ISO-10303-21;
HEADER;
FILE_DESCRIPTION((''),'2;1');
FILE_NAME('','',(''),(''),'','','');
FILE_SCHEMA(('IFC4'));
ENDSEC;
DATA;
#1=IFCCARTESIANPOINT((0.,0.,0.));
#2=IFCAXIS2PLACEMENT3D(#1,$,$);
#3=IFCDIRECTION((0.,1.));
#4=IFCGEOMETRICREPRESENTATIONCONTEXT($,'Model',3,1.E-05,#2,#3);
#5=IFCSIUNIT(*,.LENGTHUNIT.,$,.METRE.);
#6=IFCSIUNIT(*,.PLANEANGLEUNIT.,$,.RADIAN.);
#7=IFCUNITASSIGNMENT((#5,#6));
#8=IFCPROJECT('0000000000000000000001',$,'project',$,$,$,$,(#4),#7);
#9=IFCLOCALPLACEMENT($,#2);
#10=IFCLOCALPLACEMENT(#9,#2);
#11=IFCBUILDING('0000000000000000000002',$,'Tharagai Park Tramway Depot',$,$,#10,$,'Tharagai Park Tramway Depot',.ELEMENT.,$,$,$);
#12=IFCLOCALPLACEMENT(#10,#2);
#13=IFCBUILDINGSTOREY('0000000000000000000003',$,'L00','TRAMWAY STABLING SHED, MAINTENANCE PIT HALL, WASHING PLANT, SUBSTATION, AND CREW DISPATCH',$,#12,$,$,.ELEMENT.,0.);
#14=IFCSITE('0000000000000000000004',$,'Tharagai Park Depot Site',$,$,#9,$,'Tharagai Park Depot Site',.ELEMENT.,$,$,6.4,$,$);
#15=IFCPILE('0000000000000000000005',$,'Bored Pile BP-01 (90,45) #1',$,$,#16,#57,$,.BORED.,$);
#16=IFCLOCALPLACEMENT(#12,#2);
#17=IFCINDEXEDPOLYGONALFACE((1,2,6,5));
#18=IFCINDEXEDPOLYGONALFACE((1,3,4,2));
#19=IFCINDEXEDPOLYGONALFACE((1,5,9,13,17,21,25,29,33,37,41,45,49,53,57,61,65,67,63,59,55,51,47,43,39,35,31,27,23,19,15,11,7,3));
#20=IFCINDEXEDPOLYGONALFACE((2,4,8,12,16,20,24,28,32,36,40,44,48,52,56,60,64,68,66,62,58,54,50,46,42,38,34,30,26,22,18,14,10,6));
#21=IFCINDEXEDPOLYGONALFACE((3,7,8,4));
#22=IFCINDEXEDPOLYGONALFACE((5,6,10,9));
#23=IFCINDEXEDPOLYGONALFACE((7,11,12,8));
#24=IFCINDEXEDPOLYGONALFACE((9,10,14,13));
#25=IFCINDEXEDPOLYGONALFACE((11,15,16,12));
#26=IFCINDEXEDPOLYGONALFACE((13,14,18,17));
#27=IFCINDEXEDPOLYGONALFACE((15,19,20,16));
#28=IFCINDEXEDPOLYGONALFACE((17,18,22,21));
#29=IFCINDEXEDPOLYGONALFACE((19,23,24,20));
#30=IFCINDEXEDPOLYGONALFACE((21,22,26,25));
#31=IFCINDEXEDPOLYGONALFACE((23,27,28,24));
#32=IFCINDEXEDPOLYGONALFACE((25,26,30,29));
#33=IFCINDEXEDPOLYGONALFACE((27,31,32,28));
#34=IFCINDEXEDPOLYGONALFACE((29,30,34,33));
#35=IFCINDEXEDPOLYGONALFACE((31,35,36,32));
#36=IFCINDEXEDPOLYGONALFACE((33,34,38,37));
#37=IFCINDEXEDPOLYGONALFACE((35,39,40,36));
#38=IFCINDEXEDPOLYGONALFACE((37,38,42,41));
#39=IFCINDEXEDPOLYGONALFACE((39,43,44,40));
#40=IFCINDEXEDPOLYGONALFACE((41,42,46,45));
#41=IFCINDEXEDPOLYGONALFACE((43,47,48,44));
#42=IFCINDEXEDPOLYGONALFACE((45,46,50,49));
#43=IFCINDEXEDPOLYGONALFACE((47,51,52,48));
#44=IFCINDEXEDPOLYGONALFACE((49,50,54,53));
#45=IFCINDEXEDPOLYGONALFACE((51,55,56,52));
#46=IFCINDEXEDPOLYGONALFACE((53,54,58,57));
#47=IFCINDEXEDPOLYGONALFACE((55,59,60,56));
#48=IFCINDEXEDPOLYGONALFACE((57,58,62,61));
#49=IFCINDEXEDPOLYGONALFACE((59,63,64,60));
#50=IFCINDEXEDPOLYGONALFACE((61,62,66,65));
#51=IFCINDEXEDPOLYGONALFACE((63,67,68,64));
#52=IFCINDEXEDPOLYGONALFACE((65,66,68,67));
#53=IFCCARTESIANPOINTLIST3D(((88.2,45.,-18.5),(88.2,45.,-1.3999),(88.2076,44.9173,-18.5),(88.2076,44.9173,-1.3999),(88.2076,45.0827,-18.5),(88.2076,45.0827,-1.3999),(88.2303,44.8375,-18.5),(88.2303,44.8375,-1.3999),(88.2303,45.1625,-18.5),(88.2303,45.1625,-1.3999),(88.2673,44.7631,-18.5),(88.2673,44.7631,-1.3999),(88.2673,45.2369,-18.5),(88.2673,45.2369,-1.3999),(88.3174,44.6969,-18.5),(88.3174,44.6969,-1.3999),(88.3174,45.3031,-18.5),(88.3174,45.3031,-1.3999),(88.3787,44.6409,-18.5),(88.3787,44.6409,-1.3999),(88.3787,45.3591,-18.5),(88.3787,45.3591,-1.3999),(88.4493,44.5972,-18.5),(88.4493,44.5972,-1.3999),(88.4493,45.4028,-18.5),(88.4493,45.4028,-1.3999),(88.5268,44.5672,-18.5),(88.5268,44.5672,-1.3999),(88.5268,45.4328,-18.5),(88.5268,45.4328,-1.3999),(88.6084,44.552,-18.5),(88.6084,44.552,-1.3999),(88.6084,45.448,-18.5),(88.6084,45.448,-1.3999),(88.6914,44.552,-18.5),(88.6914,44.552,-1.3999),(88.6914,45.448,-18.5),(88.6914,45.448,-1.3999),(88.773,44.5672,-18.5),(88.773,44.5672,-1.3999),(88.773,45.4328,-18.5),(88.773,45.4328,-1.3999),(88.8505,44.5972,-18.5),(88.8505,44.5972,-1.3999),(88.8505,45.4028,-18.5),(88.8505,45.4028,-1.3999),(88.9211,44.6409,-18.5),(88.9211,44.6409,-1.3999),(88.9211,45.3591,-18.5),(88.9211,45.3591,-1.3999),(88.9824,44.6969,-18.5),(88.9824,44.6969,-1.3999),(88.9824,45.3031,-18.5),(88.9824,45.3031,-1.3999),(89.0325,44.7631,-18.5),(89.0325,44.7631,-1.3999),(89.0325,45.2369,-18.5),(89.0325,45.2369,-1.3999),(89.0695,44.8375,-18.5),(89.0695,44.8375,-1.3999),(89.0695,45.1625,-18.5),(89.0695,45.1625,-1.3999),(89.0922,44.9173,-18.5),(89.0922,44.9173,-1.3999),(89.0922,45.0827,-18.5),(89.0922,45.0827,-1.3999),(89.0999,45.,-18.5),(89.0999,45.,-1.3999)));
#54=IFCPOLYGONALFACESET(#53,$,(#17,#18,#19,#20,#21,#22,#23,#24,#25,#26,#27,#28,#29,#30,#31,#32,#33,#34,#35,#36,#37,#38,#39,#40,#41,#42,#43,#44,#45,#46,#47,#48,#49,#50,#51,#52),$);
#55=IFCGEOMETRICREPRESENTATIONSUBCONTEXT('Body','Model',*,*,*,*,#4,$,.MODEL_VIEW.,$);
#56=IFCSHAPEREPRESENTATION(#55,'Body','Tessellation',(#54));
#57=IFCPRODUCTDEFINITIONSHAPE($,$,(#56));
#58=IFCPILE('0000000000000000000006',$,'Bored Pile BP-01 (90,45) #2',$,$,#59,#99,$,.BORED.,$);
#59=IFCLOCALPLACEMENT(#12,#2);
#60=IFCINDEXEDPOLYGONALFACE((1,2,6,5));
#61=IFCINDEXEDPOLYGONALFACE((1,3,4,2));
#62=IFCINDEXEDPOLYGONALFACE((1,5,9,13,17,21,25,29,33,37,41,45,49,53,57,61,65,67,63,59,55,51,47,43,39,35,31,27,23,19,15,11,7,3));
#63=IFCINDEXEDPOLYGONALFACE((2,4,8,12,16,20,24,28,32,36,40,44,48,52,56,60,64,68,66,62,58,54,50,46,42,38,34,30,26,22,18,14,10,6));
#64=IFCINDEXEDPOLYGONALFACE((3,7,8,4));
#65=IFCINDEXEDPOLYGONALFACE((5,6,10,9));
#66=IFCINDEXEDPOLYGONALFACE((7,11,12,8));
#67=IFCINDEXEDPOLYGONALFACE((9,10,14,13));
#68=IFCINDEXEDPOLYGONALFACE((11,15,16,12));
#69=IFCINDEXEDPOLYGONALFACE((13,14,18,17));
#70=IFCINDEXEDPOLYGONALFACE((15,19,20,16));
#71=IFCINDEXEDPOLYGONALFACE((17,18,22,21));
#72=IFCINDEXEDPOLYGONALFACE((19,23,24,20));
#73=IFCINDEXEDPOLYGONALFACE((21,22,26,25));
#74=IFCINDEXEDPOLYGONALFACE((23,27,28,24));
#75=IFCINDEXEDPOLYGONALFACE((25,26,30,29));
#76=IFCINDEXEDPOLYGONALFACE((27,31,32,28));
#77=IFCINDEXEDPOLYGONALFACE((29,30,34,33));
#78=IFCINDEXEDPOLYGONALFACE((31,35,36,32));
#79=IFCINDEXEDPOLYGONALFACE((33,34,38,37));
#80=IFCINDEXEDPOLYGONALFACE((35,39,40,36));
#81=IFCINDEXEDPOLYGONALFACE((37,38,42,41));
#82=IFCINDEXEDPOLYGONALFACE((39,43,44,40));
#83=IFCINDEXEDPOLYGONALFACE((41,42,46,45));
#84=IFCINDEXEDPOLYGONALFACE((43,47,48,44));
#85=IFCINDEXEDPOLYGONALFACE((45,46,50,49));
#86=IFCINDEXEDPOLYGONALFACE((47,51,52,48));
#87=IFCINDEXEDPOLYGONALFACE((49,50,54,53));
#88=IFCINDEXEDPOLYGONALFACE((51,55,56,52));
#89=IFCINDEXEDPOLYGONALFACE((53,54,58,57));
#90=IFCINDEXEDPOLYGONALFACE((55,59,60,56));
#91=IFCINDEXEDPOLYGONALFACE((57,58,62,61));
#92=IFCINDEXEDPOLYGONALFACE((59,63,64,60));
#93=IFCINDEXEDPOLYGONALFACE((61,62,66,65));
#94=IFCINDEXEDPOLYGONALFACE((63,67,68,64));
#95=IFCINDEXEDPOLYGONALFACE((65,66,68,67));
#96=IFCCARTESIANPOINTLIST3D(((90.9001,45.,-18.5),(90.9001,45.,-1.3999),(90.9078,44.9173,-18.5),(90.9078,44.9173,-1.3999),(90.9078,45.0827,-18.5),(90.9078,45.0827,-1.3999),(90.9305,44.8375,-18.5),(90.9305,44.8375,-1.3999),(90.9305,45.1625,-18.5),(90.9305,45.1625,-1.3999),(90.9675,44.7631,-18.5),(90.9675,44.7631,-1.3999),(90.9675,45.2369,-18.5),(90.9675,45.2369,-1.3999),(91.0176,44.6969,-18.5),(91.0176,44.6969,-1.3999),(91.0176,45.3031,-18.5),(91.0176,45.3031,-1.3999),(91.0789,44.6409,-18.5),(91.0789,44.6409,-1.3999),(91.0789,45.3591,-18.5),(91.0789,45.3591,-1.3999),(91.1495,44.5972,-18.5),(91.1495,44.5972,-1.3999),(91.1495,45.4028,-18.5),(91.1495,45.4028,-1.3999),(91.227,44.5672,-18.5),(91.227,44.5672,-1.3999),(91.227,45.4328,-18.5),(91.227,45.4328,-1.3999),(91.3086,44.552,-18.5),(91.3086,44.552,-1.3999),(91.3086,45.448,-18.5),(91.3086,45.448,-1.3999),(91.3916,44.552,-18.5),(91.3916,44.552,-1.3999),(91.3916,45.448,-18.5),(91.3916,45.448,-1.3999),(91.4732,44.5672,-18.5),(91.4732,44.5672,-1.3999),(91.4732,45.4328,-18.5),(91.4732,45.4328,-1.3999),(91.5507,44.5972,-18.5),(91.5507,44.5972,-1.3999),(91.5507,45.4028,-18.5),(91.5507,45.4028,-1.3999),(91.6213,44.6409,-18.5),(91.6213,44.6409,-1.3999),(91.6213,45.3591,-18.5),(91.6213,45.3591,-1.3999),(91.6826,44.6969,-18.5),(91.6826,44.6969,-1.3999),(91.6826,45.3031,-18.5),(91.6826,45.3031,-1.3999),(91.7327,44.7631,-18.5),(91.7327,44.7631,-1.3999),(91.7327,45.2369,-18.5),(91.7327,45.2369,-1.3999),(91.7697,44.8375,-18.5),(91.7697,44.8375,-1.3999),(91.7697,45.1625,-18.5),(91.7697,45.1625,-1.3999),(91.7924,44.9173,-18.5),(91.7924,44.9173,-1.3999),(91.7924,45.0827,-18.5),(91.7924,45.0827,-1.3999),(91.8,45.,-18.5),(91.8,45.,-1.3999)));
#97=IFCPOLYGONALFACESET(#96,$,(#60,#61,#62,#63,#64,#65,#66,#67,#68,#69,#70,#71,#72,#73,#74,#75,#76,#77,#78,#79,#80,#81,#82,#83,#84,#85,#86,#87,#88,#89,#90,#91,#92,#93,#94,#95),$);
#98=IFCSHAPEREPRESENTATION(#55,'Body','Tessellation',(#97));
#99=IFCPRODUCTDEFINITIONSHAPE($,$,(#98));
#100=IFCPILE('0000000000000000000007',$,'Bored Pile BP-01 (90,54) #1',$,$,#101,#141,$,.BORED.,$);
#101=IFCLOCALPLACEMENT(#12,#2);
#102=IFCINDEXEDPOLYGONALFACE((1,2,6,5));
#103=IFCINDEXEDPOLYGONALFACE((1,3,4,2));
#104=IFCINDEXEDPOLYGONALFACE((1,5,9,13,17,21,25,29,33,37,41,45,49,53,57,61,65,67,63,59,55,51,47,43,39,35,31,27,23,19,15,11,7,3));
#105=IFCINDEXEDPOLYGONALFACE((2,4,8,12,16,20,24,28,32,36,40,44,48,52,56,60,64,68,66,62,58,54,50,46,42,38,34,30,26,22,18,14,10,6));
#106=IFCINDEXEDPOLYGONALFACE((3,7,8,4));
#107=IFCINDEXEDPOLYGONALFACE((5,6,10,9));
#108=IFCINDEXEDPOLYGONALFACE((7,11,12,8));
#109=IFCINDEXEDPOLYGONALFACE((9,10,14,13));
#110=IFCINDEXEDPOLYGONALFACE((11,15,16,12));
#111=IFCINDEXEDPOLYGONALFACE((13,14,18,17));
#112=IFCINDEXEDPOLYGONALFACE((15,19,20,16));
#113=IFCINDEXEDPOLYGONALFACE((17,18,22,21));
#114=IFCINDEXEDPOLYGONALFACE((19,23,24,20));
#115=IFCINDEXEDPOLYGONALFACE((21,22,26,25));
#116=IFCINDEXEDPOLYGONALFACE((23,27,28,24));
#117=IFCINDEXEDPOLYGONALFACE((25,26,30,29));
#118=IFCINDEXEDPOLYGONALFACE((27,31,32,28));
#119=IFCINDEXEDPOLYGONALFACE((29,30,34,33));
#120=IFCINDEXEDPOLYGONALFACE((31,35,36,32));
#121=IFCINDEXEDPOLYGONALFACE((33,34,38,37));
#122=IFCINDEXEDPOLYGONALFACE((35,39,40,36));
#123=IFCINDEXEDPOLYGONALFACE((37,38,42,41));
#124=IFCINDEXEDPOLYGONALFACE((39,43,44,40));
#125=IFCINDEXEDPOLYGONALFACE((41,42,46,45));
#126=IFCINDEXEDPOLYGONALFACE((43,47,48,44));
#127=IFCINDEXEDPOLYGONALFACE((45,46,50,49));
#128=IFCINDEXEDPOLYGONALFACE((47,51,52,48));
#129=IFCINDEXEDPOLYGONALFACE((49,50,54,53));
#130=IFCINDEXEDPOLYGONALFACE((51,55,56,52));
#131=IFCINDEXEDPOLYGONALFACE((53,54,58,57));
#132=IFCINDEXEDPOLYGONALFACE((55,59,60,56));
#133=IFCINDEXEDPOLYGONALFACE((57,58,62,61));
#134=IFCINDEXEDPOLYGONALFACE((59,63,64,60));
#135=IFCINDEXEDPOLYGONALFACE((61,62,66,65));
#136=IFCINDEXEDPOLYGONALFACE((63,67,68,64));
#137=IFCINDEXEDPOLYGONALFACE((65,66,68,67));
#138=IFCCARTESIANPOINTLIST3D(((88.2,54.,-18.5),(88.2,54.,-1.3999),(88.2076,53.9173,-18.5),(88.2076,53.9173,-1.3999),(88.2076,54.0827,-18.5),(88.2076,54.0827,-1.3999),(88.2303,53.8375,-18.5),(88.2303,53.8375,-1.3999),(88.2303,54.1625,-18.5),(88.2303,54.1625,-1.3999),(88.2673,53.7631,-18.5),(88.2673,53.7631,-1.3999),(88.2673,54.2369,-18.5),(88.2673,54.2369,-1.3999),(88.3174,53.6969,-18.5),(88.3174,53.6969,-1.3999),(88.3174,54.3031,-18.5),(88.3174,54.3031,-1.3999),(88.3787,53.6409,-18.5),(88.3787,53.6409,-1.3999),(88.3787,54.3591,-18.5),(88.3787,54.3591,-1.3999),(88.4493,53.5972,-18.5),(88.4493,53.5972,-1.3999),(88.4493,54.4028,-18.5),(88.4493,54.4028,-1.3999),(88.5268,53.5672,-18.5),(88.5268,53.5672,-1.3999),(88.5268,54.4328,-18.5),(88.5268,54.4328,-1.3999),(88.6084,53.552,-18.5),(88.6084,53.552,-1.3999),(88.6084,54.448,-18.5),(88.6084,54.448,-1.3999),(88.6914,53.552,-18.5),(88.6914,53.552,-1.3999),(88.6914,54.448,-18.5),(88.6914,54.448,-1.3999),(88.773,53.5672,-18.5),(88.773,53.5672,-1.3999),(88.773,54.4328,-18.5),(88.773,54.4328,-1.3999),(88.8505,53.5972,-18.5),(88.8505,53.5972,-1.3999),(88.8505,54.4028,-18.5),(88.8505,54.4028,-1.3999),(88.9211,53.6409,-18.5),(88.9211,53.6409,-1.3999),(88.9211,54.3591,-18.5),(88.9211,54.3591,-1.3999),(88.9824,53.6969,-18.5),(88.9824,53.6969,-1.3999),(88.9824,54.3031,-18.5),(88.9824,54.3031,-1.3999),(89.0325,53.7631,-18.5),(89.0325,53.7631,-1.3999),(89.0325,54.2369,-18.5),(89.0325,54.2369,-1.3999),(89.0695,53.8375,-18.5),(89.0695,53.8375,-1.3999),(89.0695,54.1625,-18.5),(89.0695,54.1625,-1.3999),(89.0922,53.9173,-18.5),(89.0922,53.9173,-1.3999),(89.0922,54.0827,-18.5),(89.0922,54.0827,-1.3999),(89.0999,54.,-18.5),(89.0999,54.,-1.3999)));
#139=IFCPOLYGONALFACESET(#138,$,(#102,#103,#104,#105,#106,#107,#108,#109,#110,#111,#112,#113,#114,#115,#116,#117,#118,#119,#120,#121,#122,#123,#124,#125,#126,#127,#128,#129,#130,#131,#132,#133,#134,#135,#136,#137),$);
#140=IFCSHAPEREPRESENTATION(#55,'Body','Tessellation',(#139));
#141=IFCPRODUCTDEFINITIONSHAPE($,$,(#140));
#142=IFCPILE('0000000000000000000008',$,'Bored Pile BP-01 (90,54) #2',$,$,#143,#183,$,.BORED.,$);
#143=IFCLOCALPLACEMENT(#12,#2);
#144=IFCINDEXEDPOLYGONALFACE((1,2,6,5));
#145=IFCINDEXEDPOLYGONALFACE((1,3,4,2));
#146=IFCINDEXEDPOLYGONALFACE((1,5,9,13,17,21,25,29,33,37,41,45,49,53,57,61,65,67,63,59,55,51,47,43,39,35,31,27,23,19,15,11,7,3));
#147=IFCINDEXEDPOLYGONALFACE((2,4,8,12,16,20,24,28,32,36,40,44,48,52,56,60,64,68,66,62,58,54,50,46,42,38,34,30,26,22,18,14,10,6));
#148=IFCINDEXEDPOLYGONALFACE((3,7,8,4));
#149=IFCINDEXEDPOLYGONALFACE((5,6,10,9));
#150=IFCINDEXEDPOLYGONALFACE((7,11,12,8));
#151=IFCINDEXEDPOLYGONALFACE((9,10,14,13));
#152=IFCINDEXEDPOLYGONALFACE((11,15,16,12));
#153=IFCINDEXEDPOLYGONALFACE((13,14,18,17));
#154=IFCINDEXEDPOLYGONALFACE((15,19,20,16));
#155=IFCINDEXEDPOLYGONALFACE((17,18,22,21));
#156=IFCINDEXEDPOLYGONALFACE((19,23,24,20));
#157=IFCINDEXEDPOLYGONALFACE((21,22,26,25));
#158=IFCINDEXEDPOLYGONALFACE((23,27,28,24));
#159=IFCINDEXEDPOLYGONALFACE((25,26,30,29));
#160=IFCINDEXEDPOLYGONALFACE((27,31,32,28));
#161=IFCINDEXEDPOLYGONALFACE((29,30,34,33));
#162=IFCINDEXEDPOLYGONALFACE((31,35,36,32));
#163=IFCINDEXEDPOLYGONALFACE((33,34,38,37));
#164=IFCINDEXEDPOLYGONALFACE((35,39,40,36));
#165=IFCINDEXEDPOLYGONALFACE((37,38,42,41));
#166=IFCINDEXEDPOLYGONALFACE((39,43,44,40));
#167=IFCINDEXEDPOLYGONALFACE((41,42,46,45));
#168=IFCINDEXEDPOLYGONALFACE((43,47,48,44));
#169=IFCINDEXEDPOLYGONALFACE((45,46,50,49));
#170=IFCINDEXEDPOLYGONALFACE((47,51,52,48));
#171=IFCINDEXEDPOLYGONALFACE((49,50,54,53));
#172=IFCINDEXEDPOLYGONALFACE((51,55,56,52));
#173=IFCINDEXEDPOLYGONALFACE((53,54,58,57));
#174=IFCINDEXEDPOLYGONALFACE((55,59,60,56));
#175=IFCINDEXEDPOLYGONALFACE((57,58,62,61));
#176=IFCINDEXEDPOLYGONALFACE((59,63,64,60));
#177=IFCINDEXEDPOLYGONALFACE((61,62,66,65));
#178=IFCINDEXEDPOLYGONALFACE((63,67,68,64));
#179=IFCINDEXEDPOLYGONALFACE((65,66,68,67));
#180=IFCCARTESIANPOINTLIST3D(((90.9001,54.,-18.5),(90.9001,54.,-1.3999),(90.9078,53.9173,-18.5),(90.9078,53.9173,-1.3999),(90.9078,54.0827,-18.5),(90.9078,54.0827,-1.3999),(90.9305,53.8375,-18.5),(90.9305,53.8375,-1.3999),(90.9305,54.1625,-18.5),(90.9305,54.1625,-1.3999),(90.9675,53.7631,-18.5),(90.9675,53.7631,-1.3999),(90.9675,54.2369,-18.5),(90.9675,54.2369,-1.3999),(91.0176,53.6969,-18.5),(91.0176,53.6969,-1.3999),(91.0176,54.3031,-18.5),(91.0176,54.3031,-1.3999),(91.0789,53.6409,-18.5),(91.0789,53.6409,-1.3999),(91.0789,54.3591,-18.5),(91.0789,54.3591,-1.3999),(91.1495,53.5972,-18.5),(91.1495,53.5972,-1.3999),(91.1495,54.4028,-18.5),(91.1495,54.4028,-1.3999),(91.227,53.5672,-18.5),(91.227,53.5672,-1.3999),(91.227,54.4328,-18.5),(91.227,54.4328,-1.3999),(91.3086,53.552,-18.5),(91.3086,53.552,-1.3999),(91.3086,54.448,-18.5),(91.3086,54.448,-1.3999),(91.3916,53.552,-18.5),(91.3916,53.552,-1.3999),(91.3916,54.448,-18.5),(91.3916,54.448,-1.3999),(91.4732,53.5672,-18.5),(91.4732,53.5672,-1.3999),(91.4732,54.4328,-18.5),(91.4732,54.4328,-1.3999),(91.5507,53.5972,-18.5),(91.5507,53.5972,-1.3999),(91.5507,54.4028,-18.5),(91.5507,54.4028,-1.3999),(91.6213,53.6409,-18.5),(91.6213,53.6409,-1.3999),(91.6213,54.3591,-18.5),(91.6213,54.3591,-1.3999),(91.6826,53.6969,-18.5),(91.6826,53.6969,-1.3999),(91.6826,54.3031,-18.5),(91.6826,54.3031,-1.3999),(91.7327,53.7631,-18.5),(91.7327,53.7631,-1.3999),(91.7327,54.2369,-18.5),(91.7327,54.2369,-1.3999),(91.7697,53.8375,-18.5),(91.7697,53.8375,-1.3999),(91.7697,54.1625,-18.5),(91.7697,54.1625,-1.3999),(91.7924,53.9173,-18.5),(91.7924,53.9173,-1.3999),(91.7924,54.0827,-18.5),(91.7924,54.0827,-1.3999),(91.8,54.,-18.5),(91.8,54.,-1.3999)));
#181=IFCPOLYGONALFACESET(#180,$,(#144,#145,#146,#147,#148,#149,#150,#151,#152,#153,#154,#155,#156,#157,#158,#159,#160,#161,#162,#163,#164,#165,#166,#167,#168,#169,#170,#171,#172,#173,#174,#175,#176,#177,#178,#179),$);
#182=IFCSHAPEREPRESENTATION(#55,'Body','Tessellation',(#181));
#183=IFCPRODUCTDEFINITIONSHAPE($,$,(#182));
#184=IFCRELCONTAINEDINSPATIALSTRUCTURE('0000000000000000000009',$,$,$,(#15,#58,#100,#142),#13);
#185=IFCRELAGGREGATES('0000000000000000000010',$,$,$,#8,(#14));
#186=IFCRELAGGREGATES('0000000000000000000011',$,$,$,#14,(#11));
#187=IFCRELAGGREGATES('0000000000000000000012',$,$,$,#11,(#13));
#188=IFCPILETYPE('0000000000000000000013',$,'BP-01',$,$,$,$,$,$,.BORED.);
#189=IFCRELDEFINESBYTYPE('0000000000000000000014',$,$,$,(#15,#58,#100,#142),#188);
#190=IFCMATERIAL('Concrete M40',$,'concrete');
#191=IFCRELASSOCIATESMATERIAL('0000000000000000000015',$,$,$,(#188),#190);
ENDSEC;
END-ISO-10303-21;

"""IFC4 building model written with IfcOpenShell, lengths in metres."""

from ifc_helpers import new_model, si_unit, direction, frame, origin, origin_2d, place, context, subcontext, project, spatial, circle, extrude, material, material_profile, profile_set, type_object, element, save


model = new_model("IFC4")

# Units and contexts
model_context = context("Model", 3, precision=1e-05, world=origin(), true_north=direction((0.0, 1.0)))
body_context = subcontext(model_context, "Body", "Model", "MODEL_VIEW")
ifc_project = project(units=[si_unit("LENGTHUNIT", "METRE"), si_unit("PLANEANGLEUNIT", "RADIAN")], contexts=[model_context])

# Site, building, storey
site_placement = place(None, origin())
site = spatial("IfcSite", under=ifc_project, at=site_placement, Name="Tharagai Park Depot Site", LongName="Tharagai Park Depot Site", CompositionType="ELEMENT", RefElevation=6.4)
building_placement = place(site_placement, origin())
building = spatial("IfcBuilding", under=site, at=building_placement, Name="Tharagai Park Tramway Depot", LongName="Tharagai Park Tramway Depot", CompositionType="ELEMENT")
storey_placement = place(building_placement, origin())
storey = spatial("IfcBuildingStorey", under=building, at=storey_placement, Name="L00", Description="TRAMWAY STABLING SHED, MAINTENANCE PIT HALL, WASHING PLANT, SUBSTATION, AND CREW DISPATCH", CompositionType="ELEMENT", Elevation=0.0)

# Piles
ifc_material_1 = material(Name="Concrete M40", Category="concrete")
ifc_material_profile_1 = material_profile(ifc_material_1, circle(Radius=0.45, at=origin_2d()), Name="PILE D900")
ifc_profile_set_1 = profile_set([ifc_material_profile_1], Name="Concrete M40")
pile_type = type_object("IfcPileType", Name="BP-01", PredefinedType="BORED", material=ifc_profile_set_1)
for number, where, z_axis, x_axis, name in (
    (1, (88.6499, 45.0, -1.3999), (0.0, 0.0, -1.0), (1.0, 0.0, 0.0), "Bored Pile BP-01 (90,45) #1"),
    (2, (91.3501, 45.0, -1.3999), (0.0, 0.0, -1.0), (1.0, 0.0, 0.0), "Bored Pile BP-01 (90,45) #2"),
    (3, (88.6499, 54.0, -1.3999), (0.0, 0.0, -1.0), (1.0, 0.0, 0.0), "Bored Pile BP-01 (90,54) #1"),
    (4, (91.3501, 54.0, -1.3999), (0.0, 0.0, -1.0), (1.0, 0.0, 0.0), "Bored Pile BP-01 (90,54) #2"),
):
    element("IfcPile", number, at=place(storey_placement, frame(where, z_axis=z_axis, x_axis=x_axis)), inside=storey, type_object=pile_type, Name=name, PredefinedType="BORED", context=body_context, shape_type="SweptSolid", body=[
        extrude(circle(Radius=0.45, at=origin_2d()), origin(), (0.0, 0.0, 1.0), 17.1001),
    ])

save(model, "model.ifc")
